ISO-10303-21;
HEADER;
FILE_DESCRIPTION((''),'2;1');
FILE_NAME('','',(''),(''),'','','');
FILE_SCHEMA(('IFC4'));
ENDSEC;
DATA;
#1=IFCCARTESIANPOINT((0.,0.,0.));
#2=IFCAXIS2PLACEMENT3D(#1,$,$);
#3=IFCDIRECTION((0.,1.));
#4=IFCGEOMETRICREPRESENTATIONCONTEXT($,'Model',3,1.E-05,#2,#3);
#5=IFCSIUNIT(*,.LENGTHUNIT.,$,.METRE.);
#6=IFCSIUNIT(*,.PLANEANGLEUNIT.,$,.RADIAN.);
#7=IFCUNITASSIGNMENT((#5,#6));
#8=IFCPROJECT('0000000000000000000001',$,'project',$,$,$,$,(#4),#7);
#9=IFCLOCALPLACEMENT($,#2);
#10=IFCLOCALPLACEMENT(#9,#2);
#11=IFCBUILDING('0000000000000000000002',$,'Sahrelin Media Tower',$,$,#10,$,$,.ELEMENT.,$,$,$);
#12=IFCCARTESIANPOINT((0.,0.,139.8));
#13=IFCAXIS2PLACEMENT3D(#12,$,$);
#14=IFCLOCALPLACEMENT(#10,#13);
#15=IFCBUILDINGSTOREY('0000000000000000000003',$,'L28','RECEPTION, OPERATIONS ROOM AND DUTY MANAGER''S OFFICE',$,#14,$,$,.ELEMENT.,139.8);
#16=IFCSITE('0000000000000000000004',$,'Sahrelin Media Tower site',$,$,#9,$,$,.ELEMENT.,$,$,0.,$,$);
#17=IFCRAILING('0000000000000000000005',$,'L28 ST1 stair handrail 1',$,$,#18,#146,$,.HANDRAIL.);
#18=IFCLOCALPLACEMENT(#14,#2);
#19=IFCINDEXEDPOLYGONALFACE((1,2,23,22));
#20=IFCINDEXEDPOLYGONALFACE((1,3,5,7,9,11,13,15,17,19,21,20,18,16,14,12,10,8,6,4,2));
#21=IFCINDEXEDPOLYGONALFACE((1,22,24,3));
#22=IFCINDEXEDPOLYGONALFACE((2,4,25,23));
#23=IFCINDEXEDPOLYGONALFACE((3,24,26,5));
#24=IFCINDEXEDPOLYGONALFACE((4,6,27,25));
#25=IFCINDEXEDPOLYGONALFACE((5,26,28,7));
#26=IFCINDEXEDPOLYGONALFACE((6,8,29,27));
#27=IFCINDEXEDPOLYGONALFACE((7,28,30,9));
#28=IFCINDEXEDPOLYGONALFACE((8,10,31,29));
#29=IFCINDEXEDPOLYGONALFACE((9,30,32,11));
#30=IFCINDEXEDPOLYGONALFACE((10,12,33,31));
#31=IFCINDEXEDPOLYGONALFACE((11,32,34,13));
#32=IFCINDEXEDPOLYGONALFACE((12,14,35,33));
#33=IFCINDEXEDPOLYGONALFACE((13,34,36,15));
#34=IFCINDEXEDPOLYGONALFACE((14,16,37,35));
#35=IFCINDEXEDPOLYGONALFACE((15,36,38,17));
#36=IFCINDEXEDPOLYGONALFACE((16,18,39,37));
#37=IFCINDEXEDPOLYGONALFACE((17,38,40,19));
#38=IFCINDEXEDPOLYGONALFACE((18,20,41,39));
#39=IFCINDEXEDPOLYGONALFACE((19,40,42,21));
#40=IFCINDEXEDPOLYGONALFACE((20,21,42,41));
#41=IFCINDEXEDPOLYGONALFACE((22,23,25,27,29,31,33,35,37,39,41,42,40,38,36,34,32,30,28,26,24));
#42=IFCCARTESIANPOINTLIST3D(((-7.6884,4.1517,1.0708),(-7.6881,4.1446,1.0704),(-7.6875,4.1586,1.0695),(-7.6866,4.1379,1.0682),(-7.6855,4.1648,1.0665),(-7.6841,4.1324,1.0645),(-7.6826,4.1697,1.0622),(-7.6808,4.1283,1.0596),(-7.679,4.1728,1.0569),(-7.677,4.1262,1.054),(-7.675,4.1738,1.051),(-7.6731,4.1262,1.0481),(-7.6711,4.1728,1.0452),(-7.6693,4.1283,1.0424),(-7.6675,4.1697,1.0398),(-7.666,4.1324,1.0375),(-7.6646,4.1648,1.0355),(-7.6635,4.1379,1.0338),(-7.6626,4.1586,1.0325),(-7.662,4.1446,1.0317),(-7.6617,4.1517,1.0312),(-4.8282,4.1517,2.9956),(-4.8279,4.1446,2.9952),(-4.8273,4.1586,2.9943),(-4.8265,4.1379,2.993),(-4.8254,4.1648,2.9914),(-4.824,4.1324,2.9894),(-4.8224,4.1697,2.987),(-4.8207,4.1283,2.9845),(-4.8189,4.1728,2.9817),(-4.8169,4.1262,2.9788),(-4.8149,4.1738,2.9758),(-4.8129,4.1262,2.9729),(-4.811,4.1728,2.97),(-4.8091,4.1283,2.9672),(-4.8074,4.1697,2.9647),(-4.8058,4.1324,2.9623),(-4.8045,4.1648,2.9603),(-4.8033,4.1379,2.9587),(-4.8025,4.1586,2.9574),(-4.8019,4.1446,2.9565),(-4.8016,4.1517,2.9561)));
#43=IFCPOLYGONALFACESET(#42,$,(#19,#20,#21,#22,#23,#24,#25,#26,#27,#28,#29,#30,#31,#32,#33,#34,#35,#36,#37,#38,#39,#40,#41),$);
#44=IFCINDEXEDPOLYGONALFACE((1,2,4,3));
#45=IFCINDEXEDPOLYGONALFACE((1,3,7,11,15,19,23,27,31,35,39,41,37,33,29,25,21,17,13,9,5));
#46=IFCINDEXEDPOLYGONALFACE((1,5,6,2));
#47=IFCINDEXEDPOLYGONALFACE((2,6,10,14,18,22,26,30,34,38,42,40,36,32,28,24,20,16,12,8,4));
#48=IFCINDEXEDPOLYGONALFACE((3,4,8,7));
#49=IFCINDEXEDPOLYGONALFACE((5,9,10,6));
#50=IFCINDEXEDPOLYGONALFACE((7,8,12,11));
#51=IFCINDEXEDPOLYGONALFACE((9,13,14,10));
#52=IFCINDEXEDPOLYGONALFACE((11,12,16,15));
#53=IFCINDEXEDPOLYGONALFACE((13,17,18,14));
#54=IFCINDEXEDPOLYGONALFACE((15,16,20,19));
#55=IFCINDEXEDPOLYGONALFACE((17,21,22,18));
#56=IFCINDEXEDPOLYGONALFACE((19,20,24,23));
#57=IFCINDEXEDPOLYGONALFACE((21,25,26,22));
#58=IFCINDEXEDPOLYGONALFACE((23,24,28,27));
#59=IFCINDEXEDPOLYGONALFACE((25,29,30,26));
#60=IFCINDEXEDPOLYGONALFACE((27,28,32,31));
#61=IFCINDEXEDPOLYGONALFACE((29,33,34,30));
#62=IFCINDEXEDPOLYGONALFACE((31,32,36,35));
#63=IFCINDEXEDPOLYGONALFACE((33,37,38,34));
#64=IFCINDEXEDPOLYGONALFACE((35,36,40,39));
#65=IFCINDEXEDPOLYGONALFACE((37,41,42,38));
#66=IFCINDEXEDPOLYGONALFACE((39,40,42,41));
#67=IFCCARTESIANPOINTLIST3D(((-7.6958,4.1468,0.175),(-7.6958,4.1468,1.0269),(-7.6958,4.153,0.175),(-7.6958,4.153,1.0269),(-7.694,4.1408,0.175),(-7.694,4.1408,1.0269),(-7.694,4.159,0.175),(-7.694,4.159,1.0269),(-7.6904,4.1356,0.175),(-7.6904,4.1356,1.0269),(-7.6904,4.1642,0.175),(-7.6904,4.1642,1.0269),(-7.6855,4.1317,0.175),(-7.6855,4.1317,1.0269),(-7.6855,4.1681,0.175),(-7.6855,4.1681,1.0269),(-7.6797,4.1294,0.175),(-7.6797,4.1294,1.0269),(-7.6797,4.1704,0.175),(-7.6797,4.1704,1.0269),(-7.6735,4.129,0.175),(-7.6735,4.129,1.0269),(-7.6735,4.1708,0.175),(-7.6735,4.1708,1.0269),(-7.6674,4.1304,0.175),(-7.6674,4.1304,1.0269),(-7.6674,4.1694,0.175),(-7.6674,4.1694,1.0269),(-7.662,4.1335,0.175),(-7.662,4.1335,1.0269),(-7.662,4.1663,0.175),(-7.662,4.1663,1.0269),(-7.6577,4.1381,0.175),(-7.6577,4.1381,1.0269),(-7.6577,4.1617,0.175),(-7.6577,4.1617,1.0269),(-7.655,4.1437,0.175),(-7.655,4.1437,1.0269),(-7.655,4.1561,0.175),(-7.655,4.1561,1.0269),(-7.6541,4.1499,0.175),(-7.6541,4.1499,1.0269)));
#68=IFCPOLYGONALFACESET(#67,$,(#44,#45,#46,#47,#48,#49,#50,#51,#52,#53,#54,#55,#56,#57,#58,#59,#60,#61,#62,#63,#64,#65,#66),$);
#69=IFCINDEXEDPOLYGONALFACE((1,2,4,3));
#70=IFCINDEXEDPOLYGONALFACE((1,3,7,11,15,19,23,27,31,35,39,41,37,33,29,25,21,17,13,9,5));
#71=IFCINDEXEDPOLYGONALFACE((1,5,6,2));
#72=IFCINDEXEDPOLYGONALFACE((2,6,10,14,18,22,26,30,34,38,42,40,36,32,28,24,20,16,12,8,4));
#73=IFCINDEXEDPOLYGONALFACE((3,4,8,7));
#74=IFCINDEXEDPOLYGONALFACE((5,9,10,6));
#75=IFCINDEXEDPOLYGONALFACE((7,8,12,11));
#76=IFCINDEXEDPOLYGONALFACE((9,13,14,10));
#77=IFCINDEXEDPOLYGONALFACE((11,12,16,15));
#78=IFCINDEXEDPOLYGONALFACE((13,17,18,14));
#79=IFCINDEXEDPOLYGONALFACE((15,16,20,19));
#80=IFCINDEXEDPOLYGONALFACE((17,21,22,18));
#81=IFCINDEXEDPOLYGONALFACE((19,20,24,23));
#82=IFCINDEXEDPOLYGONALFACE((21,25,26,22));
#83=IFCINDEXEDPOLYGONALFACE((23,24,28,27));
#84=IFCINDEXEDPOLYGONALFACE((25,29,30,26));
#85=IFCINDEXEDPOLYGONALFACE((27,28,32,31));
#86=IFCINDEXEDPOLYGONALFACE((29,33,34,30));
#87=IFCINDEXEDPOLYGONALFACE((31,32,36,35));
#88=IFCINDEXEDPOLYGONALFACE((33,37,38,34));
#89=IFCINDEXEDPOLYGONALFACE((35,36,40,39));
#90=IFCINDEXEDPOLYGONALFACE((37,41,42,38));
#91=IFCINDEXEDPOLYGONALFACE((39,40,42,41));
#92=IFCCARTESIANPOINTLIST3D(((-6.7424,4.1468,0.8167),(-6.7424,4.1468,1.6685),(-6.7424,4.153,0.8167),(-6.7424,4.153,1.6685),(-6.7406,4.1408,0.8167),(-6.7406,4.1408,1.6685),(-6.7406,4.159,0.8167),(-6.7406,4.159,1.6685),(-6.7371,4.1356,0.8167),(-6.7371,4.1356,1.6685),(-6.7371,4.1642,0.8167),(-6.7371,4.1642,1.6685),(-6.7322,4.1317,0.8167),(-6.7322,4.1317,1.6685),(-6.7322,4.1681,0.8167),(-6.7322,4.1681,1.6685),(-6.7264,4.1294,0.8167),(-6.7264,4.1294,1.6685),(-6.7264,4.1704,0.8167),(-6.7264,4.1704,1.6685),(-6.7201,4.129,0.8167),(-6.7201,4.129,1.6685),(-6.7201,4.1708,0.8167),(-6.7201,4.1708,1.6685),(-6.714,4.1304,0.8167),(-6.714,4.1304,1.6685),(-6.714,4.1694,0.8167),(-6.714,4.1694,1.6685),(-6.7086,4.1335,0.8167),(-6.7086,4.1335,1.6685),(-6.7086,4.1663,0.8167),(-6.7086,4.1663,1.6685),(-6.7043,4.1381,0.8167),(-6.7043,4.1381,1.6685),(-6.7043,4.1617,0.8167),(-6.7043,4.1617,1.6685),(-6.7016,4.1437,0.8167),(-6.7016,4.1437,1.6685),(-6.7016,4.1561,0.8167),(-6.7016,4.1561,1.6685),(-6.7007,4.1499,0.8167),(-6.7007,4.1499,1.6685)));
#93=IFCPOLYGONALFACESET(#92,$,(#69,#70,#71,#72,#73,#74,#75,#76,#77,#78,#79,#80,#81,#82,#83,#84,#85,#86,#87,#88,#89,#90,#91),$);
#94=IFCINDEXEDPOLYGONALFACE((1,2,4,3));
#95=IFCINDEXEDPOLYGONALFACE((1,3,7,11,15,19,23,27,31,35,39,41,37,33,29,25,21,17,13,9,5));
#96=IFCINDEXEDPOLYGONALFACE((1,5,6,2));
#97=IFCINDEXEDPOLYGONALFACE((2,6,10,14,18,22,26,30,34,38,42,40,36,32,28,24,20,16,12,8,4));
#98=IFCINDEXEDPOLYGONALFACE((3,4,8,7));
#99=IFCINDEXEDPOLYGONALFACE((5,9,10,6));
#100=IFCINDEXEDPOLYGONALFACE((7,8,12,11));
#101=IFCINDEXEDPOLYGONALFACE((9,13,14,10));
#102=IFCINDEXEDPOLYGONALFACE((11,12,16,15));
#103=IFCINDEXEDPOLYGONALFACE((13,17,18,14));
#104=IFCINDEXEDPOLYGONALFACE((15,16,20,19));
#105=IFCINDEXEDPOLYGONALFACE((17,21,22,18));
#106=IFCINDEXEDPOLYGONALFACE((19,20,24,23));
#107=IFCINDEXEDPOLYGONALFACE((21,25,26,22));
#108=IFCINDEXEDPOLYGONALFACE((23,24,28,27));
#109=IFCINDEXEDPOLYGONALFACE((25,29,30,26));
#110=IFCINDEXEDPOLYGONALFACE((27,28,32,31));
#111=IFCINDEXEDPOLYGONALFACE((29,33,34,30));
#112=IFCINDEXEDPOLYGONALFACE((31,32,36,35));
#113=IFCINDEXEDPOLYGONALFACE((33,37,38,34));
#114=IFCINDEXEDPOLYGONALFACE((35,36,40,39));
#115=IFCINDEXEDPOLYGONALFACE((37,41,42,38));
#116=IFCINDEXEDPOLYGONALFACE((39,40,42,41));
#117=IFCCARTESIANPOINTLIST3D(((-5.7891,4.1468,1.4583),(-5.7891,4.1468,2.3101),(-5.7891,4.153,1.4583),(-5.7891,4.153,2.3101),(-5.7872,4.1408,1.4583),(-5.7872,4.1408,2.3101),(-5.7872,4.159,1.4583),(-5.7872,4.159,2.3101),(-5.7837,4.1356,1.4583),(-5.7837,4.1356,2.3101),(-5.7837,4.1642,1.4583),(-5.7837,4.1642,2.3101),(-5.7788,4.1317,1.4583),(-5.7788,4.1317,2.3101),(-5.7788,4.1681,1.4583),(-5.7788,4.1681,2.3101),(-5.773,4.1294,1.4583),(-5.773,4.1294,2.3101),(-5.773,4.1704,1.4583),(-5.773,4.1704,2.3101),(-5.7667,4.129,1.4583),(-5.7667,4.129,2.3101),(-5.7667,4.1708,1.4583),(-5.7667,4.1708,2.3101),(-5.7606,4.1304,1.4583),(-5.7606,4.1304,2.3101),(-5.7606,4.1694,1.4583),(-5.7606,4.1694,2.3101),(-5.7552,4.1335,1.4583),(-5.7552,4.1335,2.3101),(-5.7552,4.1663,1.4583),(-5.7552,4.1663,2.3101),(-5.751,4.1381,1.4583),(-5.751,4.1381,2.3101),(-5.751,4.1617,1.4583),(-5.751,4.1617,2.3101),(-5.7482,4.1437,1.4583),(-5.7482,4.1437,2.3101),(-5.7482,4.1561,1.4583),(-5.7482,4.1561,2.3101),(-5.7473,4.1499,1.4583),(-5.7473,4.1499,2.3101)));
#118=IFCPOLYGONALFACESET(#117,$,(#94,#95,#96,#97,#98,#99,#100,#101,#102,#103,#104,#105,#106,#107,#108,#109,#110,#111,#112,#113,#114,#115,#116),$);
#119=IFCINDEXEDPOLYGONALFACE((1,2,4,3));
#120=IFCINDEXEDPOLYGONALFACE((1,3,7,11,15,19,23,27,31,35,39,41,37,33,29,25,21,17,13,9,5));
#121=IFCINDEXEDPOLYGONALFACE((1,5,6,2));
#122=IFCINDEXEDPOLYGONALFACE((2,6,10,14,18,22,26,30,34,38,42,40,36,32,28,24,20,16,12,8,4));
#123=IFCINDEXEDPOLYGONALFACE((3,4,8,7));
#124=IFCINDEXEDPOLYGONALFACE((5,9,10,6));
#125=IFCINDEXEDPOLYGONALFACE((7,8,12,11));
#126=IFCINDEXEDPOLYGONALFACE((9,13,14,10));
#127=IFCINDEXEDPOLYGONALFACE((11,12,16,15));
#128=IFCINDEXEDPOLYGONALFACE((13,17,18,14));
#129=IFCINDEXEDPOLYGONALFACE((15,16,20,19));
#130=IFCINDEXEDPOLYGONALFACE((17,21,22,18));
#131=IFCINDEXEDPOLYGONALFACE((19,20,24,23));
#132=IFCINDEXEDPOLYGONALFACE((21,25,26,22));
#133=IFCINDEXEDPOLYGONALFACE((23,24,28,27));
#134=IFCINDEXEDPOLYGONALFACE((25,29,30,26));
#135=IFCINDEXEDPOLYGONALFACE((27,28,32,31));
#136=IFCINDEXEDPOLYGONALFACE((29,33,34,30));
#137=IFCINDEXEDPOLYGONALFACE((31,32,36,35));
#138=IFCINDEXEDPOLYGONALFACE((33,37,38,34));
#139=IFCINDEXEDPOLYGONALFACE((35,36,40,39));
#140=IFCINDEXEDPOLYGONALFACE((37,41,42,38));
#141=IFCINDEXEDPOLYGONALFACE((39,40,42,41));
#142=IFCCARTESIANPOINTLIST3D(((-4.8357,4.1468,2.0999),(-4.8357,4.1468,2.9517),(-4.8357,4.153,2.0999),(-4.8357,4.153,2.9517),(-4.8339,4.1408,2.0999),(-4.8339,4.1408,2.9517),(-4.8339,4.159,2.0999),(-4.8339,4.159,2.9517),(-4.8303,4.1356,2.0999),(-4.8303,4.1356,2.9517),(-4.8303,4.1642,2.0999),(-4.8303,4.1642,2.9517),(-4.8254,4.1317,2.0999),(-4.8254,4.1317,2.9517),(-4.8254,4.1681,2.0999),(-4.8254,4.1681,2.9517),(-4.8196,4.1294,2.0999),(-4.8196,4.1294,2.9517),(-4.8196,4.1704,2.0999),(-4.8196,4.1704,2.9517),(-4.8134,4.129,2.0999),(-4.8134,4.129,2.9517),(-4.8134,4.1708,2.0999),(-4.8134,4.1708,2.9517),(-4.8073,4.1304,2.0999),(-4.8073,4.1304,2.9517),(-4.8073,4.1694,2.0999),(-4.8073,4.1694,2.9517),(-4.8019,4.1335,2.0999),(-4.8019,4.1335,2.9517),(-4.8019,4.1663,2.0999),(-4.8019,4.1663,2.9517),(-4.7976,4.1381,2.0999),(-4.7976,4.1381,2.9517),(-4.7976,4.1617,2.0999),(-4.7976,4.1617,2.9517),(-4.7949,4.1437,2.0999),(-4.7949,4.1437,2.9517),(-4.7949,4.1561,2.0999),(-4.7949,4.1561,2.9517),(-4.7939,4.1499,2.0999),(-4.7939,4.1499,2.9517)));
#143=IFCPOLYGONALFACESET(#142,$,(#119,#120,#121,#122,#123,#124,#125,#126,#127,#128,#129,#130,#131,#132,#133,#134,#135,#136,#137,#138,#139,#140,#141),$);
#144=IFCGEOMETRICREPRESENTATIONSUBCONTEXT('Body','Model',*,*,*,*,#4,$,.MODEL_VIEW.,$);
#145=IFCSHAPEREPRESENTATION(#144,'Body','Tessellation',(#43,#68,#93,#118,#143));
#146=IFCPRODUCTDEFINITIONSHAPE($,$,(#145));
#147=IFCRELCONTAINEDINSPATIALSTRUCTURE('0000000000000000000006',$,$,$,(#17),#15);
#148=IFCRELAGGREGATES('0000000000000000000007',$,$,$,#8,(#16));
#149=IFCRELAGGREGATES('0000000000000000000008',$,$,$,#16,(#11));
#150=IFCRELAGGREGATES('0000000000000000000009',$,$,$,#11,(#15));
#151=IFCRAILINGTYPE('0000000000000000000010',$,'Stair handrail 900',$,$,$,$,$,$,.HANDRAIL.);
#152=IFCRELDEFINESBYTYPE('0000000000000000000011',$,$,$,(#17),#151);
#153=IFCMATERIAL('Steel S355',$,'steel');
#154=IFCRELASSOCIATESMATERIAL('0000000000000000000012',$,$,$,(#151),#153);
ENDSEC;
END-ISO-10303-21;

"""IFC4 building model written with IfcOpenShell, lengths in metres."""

from ifc_helpers import new_model, si_unit, direction, frame, origin, origin_2d, place, context, subcontext, project, spatial, circle, extrude, material, type_object, element, save


model = new_model("IFC4")

# Units and contexts
model_context = context("Model", 3, precision=1e-05, world=origin(), true_north=direction((0.0, 1.0)))
body_context = subcontext(model_context, "Body", "Model", "MODEL_VIEW")
ifc_project = project(units=[si_unit("LENGTHUNIT", "METRE"), si_unit("PLANEANGLEUNIT", "RADIAN")], contexts=[model_context])

# Site, building, storey
site_placement = place(None, origin())
site = spatial("IfcSite", under=ifc_project, at=site_placement, Name="Sahrelin Media Tower site", CompositionType="ELEMENT", RefElevation=0.0)
building_placement = place(site_placement, origin())
building = spatial("IfcBuilding", under=site, at=building_placement, Name="Sahrelin Media Tower", CompositionType="ELEMENT")
storey_placement = place(building_placement, frame((0.0, 0.0, 139.8)))
storey = spatial("IfcBuildingStorey", under=building, at=storey_placement, Name="L28", Description="RECEPTION, OPERATIONS ROOM AND DUTY MANAGER'S OFFICE", CompositionType="ELEMENT", Elevation=139.8)

# Shared definitions
ifc_material_1 = material(Name="Steel S355", Category="steel")

# Railing
railing_type_1 = type_object("IfcRailingType", Name="Stair handrail 900", PredefinedType="HANDRAIL", material=ifc_material_1)
railing_1_placement = place(storey_placement, frame((-7.675, 4.1499, 0.175)))
element("IfcRailing", 1, at=railing_1_placement, inside=storey, type_object=railing_type_1, Name="L28 ST1 stair handrail 1", PredefinedType="HANDRAIL", context=body_context, shape_type="SweptSolid", body=[
    extrude(circle(Radius=0.0239, at=origin_2d()), frame((0.0, 0.0, 0.876), z_axis=(0.829624, 0.0, 0.558323), x_axis=(0.0, 1.0, 0.0)), (0.0, 0.0, 1.0), 3.4475),
    extrude(circle(Radius=0.021, at=origin_2d()), origin(), (0.0, 0.0, 1.0), 0.8518),
    extrude(circle(Radius=0.021, at=origin_2d()), frame((0.9534, 0.0, 0.6416)), (0.0, 0.0, 1.0), 0.8518),
    extrude(circle(Radius=0.021, at=origin_2d()), frame((1.9067, 0.0, 1.2832)), (0.0, 0.0, 1.0), 0.8518),
    extrude(circle(Radius=0.021, at=origin_2d()), frame((2.8601, 0.0, 1.9248)), (0.0, 0.0, 1.0), 0.8518),
])

save(model, "model.ifc")
